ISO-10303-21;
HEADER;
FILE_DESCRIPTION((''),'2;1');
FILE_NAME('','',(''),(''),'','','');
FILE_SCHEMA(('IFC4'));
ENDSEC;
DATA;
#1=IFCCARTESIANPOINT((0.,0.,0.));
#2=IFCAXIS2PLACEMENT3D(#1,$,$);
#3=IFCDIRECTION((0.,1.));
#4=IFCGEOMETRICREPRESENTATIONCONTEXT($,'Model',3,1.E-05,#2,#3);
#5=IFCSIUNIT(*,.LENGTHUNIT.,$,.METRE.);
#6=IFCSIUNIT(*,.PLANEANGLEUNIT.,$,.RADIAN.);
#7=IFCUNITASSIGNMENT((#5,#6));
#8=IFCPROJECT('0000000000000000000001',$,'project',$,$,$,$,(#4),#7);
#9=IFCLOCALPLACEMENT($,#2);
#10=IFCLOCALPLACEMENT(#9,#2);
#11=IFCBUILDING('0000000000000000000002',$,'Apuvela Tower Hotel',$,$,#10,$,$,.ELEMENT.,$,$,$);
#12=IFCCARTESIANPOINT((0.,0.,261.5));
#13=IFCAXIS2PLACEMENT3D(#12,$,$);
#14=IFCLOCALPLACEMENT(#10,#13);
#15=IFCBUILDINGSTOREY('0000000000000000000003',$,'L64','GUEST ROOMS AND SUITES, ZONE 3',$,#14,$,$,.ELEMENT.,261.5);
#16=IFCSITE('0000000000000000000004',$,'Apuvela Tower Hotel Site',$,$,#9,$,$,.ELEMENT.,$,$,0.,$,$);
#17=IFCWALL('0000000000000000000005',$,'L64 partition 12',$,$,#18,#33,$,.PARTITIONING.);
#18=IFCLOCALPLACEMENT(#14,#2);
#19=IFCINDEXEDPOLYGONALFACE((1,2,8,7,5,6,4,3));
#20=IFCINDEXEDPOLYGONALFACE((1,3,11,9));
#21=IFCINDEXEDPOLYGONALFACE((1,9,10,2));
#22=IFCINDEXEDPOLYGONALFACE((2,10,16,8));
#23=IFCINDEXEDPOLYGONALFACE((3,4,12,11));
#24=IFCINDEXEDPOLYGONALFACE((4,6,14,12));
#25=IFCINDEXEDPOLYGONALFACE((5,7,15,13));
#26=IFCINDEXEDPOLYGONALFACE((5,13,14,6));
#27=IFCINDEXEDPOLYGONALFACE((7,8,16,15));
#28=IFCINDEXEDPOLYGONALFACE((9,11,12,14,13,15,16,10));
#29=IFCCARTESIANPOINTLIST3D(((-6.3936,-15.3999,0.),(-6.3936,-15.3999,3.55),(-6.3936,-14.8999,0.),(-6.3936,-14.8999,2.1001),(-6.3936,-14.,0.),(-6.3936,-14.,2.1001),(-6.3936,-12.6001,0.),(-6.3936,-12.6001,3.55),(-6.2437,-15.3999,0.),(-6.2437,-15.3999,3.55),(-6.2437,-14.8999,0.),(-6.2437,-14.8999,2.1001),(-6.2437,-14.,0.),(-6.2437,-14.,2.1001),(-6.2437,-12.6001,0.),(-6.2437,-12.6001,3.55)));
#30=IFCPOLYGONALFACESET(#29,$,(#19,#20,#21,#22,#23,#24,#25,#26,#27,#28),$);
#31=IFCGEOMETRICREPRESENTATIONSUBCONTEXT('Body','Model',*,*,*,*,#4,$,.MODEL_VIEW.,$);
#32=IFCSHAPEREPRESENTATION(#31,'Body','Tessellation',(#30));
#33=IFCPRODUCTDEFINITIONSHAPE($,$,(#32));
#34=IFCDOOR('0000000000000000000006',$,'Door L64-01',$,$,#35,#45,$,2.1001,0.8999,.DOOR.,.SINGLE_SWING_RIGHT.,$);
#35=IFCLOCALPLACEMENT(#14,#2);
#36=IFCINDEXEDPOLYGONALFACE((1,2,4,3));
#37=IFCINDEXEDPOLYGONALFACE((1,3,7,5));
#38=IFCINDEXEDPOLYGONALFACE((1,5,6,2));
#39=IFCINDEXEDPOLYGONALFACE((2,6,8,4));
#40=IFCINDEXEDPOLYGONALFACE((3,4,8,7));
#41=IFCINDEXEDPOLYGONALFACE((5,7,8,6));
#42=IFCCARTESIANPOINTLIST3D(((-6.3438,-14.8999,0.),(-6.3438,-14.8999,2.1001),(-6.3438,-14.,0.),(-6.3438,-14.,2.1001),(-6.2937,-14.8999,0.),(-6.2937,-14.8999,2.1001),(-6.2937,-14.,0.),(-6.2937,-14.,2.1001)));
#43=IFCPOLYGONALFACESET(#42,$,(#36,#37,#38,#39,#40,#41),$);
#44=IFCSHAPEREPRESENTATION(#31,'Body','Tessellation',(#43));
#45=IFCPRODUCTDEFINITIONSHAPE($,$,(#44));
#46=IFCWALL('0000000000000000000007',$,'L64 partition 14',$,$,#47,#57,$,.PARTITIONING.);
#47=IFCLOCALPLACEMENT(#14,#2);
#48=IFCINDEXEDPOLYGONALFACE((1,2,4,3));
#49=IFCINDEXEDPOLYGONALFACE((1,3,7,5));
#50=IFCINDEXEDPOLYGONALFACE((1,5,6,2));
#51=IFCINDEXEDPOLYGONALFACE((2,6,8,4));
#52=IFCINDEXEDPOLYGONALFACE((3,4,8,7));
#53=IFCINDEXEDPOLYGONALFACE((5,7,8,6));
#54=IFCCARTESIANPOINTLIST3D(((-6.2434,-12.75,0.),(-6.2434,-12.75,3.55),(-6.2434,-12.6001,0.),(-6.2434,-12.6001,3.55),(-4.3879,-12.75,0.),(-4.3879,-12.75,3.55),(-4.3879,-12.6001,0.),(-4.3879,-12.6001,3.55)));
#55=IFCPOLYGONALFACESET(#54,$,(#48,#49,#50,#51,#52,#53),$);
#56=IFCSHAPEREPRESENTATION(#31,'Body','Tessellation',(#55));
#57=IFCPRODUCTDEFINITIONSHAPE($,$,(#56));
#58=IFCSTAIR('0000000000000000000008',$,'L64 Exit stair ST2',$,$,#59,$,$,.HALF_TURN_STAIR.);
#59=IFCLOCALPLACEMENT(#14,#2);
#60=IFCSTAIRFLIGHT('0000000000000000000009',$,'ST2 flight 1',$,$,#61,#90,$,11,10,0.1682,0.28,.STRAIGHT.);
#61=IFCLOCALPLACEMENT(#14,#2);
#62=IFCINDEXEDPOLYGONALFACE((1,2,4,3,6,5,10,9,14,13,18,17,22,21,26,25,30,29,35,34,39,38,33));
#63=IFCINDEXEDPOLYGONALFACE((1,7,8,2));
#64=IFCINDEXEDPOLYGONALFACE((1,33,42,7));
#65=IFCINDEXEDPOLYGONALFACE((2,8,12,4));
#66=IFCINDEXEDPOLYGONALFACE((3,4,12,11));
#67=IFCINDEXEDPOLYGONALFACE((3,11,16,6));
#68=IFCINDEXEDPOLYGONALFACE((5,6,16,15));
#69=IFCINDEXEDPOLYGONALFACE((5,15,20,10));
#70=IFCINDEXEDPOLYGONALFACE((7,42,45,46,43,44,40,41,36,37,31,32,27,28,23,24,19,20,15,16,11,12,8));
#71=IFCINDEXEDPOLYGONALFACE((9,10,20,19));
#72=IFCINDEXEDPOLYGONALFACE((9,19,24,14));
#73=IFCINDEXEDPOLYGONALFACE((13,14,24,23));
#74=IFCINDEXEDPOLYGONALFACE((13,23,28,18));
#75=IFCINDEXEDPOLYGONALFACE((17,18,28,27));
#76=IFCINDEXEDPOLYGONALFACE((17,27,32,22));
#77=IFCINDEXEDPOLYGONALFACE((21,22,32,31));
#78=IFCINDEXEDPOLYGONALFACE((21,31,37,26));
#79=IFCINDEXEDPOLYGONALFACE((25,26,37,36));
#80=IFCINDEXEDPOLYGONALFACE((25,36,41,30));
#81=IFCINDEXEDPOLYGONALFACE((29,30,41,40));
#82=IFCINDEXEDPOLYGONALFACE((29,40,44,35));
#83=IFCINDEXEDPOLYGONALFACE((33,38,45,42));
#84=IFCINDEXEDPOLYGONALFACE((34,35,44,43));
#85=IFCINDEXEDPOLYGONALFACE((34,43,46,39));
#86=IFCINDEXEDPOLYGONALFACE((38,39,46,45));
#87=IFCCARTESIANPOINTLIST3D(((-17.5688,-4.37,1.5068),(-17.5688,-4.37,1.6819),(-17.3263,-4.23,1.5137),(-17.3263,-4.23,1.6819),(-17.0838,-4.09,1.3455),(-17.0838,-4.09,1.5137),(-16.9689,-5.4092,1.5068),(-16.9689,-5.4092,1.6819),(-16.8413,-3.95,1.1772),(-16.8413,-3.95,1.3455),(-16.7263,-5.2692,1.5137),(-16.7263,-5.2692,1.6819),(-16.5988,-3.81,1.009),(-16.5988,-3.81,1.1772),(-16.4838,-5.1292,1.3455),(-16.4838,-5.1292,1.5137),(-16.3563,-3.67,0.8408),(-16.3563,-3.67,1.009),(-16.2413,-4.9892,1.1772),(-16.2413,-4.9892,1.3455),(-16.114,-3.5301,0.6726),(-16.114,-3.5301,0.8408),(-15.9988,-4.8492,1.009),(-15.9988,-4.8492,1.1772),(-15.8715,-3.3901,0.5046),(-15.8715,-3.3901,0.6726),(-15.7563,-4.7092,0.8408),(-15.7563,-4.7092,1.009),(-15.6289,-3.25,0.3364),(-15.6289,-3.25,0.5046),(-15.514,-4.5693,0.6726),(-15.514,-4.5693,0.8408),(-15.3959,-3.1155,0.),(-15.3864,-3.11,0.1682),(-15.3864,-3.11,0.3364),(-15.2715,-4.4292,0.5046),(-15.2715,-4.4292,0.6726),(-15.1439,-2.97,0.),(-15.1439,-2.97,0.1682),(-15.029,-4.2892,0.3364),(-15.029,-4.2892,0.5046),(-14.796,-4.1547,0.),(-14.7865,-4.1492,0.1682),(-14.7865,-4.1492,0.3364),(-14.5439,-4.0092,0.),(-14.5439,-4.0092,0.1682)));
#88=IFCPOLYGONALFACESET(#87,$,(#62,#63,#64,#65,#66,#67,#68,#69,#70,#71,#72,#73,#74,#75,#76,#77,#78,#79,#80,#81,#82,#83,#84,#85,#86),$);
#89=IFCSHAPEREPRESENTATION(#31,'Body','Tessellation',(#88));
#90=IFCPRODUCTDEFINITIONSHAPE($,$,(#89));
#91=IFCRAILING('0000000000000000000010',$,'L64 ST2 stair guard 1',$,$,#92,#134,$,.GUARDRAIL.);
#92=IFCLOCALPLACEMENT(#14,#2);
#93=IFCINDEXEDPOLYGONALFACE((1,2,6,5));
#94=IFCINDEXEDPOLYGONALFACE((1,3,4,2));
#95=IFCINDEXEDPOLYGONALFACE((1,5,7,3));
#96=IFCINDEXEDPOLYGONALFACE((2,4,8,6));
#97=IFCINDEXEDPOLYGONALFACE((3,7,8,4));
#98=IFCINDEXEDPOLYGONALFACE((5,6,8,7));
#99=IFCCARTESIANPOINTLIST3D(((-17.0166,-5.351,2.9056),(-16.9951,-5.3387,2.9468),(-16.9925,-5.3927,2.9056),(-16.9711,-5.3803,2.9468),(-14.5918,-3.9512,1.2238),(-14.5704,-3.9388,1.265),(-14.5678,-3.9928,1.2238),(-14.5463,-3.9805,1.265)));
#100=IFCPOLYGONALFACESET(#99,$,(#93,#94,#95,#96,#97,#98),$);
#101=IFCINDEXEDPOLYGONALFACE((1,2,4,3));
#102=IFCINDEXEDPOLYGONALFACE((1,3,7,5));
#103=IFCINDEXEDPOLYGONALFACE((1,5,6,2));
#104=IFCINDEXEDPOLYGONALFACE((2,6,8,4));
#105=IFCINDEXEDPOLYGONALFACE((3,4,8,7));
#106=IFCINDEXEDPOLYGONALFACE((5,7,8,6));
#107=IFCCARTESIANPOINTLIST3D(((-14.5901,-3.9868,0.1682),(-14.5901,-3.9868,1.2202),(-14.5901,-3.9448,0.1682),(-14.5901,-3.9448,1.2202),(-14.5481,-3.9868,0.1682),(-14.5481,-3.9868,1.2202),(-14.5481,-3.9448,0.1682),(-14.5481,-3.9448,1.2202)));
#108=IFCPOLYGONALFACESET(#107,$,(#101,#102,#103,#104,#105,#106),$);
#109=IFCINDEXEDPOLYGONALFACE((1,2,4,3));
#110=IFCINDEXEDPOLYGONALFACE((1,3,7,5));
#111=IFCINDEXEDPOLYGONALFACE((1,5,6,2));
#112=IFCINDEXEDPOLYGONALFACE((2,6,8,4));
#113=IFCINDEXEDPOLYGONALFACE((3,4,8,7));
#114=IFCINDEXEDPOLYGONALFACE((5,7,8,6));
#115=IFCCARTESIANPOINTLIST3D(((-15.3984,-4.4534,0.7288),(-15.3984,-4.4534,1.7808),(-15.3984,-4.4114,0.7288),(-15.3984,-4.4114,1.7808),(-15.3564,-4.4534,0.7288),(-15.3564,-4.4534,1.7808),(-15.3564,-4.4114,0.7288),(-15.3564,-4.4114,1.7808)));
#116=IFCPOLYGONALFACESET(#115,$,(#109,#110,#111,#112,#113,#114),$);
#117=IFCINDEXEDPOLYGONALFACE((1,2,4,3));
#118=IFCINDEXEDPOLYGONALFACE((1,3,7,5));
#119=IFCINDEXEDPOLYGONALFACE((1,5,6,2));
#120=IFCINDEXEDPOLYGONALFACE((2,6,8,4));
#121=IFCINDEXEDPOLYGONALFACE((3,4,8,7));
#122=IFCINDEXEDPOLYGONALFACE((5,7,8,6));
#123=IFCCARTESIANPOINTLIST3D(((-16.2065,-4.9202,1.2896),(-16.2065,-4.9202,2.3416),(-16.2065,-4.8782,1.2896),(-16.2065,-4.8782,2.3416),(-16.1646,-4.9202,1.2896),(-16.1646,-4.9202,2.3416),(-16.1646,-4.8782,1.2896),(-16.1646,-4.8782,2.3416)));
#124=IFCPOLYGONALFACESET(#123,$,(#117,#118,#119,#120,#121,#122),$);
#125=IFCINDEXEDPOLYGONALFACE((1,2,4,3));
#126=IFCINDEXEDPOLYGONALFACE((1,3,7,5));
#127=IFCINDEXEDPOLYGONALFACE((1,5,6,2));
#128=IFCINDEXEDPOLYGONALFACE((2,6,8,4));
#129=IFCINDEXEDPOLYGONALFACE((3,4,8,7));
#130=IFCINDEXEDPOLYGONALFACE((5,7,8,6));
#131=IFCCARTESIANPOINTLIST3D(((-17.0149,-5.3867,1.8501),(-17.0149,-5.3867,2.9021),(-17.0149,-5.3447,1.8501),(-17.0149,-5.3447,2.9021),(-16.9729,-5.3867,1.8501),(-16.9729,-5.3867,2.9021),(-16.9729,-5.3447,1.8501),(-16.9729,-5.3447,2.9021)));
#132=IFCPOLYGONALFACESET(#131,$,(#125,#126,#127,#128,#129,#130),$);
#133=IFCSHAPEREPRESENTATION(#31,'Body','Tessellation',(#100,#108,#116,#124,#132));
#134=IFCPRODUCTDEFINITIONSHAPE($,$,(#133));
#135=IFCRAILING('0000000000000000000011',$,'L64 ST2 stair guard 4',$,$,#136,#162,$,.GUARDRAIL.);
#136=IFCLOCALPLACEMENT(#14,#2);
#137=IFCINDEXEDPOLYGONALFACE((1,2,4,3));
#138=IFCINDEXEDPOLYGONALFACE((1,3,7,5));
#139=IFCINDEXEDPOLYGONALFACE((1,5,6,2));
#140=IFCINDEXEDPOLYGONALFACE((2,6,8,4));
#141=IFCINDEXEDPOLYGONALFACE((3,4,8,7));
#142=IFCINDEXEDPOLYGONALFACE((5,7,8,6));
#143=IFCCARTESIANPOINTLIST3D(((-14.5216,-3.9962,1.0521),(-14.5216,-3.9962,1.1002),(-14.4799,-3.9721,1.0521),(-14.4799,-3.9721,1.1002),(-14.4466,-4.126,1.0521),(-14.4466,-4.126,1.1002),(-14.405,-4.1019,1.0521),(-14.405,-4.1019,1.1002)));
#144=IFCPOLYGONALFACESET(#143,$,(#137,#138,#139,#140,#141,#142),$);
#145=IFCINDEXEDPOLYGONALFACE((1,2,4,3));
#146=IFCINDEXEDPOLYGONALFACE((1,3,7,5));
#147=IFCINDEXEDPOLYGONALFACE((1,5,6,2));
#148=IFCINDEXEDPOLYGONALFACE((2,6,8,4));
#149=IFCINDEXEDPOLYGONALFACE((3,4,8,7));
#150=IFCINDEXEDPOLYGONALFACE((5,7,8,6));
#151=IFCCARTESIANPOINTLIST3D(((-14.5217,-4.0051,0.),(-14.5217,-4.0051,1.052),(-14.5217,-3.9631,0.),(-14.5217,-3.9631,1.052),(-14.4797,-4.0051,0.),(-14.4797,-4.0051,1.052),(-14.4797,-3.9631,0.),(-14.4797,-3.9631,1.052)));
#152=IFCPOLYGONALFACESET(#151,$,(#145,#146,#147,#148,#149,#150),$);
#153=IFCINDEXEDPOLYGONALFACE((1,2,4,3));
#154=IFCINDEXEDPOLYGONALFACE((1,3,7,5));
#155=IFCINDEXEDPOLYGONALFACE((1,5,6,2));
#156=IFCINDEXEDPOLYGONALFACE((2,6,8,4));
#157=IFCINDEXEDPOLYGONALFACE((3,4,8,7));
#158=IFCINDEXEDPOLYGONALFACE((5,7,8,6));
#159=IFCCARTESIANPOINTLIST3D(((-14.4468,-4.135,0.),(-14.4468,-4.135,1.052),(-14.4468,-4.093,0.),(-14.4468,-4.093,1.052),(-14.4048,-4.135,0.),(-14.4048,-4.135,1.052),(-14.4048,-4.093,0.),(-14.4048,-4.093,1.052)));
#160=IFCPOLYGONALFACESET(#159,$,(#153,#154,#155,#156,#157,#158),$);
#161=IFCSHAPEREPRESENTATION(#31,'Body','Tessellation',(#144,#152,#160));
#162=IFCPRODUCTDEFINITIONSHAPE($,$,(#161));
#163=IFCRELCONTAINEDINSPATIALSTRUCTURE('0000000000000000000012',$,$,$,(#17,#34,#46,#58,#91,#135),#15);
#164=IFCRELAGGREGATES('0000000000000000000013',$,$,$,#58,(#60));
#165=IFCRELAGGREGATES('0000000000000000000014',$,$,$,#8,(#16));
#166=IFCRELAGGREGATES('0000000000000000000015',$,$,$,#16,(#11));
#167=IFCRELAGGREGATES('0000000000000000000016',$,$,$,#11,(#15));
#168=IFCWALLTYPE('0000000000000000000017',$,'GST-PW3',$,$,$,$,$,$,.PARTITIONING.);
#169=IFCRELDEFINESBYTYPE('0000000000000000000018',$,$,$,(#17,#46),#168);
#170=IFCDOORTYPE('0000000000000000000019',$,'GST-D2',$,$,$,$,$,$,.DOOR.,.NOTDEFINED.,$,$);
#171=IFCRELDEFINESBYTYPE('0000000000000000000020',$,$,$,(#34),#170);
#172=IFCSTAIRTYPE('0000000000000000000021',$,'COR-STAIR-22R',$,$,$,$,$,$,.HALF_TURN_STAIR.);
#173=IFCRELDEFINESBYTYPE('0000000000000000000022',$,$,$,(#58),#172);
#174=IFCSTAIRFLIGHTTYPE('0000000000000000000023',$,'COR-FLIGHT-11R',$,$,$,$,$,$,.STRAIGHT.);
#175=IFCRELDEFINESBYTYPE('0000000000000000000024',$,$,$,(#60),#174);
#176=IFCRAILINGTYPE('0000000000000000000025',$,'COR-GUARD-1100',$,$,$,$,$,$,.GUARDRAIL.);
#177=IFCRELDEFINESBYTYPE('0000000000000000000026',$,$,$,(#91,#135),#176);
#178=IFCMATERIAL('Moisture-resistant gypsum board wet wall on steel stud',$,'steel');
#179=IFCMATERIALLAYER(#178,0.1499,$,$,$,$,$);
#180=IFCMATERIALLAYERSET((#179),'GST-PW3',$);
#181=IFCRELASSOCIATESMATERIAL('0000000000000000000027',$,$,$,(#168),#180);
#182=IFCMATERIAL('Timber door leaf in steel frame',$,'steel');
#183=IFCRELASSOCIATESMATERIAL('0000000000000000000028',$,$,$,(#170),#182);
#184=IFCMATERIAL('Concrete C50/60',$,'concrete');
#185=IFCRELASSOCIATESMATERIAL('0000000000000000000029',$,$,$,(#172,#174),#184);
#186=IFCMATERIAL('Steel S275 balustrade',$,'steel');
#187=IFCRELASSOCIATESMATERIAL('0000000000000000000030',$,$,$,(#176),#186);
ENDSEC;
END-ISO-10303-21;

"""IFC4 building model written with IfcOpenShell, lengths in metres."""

from ifc_helpers import new_model, si_unit, direction, frame, frame_2d, origin, origin_2d, place, context, subcontext, project, spatial, polyline, rectangle, outline, extrude, material, layer, layer_set, type_object, element, fill, aggregate, save


model = new_model("IFC4")

# Units and contexts
model_context = context("Model", 3, precision=1e-05, world=origin(), true_north=direction((0.0, 1.0)))
body_context = subcontext(model_context, "Body", "Model", "MODEL_VIEW")
ifc_project = project(units=[si_unit("LENGTHUNIT", "METRE"), si_unit("PLANEANGLEUNIT", "RADIAN")], contexts=[model_context])

# Site, building, storey
site_placement = place(None, origin())
site = spatial("IfcSite", under=ifc_project, at=site_placement, Name="Apuvela Tower Hotel Site", CompositionType="ELEMENT", RefElevation=0.0)
building_placement = place(site_placement, origin())
building = spatial("IfcBuilding", under=site, at=building_placement, Name="Apuvela Tower Hotel", CompositionType="ELEMENT")
storey_placement = place(building_placement, frame((0.0, 0.0, 261.5)))
storey = spatial("IfcBuildingStorey", under=building, at=storey_placement, Name="L64", Description="GUEST ROOMS AND SUITES, ZONE 3", CompositionType="ELEMENT", Elevation=261.5)

# Shared definitions
ifc_material_1 = material(Name="Concrete C50/60", Category="concrete")

# Wall, opening, door
ifc_material_2 = material(Name="Timber door leaf in steel frame", Category="steel")
ifc_material_3 = material(Name="Moisture-resistant gypsum board wet wall on steel stud", Category="steel")
ifc_layer_1 = layer(ifc_material_3, 0.1499)
ifc_layer_set_1 = layer_set([ifc_layer_1], Name="GST-PW3")
wall_type_1 = type_object("IfcWallType", Name="GST-PW3", PredefinedType="PARTITIONING", material=ifc_layer_set_1)
wall_1_placement = place(storey_placement, frame((-6.3186, -12.6001, 0.0), z_axis=(0.0, 0.0, 1.0), x_axis=(0.0, -1.0, 0.0)))
wall_1 = element("IfcWall", 1, at=wall_1_placement, inside=storey, type_object=wall_type_1, Name="L64 partition 12", PredefinedType="PARTITIONING", context=body_context, shape_type="SweptSolid", body=[
    extrude(rectangle(XDim=2.7998, YDim=0.1499, at=frame_2d((1.3999, 0.0))), origin(), (0.0, 0.0, 1.0), 3.55),
])
opening_1_placement = place(wall_1_placement, frame((1.3999, 0.0, 0.0)))
opening_1 = element("IfcOpeningElement", 2, at=opening_1_placement, cuts=wall_1, PredefinedType="OPENING", context=body_context, shape_type="SweptSolid", body=[
    extrude(rectangle(XDim=0.8999, YDim=2.1001, at=frame_2d((0.45, 1.05))), frame((0.0, 0.085, 0.0), z_axis=(0.0, -1.0, 0.0), x_axis=(1.0, 0.0, 0.0)), (0.0, 0.0, 1.0), 0.1699),
])
door_type_1 = type_object("IfcDoorType", Name="GST-D2", OperationType="NOTDEFINED", PredefinedType="DOOR", material=ifc_material_2)
door_1_placement = place(opening_1_placement, origin())
door_1 = element("IfcDoor", 3, at=door_1_placement, inside=storey, type_object=door_type_1, Name="Door L64-01", OperationType="SINGLE_SWING_RIGHT", OverallHeight=2.1001, OverallWidth=0.8999, PredefinedType="DOOR", context=body_context, shape_type="SweptSolid", body=[
    extrude(rectangle(XDim=0.8999, YDim=2.1001, at=frame_2d((0.45, 1.05))), frame((0.0, 0.0249, 0.0), z_axis=(0.0, -1.0, 0.0), x_axis=(1.0, 0.0, 0.0)), (0.0, 0.0, 1.0), 0.05),
])
fill(opening_1, door_1)

# Wall
wall_2_placement = place(storey_placement, frame((-6.2434, -12.675, 0.0), z_axis=(0.0, 0.0, 1.0), x_axis=(1.0, 0.0, 0.0)))
element("IfcWall", 4, at=wall_2_placement, inside=storey, type_object=wall_type_1, Name="L64 partition 14", PredefinedType="PARTITIONING", context=body_context, shape_type="SweptSolid", body=[
    extrude(rectangle(XDim=1.8555, YDim=0.1499, at=frame_2d((0.9277, 0.0))), origin(), (0.0, 0.0, 1.0), 3.55),
])

# Stair, stair flight
stair_type = type_object("IfcStairType", Name="COR-STAIR-22R", PredefinedType="HALF_TURN_STAIR", material=ifc_material_1)
stair_placement = place(storey_placement, origin())
stair = element("IfcStair", 5, at=stair_placement, inside=storey, type_object=stair_type, Name="L64 Exit stair ST2", PredefinedType="HALF_TURN_STAIR")
stair_flight_type = type_object("IfcStairFlightType", Name="COR-FLIGHT-11R", PredefinedType="STRAIGHT", material=ifc_material_1)
stair_flight_placement = place(storey_placement, frame((-14.844, -3.4895, 0.0), z_axis=(0.0, 0.0, 1.0), x_axis=(-0.866025, -0.5, 0.0)))
stair_flight = element("IfcStairFlight", 6, at=stair_flight_placement, type_object=stair_flight_type, Name="ST2 flight 1", NumberOfRisers=11, NumberOfTreads=10, PredefinedType="STRAIGHT", RiserHeight=0.1682, TreadLength=0.28, context=body_context, shape_type="SweptSolid", body=[
    extrude(outline(polyline([(0.0, 0.0), (0.0, 0.1682), (0.28, 0.1682), (0.28, 0.3364), (0.5601, 0.3364), (0.5601, 0.5046), (0.8401, 0.5046), (0.8401, 0.6726), (1.1201, 0.6726), (1.1201, 0.8408), (1.3999, 0.8408), (1.3999, 1.009), (1.6799, 1.009), (1.6799, 1.1772), (1.96, 1.1772), (1.96, 1.3455), (2.24, 1.3455), (2.24, 1.5137), (2.52, 1.5137), (2.52, 1.6819), (2.8, 1.6819), (2.8, 1.8501), (2.8, 1.5068), (0.291, 0.0), (0.0, 0.0)])), frame((0.0, 0.6001, 0.0), z_axis=(0.0, -1.0, 0.0), x_axis=(1.0, 0.0, 0.0)), (0.0, 0.0, 1.0), 1.2),
])
aggregate(stair, [stair_flight])

# Railings
ifc_material_4 = material(Name="Steel S275 balustrade", Category="steel")
railing_type = type_object("IfcRailingType", Name="COR-GUARD-1100", PredefinedType="GUARDRAIL", material=ifc_material_4)
railing_1_placement = place(storey_placement, frame((-14.5691, -3.9658, 0.1682)))
element("IfcRailing", 7, at=railing_1_placement, inside=storey, type_object=railing_type, Name="L64 ST2 stair guard 1", PredefinedType="GUARDRAIL", context=body_context, shape_type="SweptSolid", body=[
    extrude(rectangle(XDim=0.0481, YDim=0.0481, at=origin_2d()), frame((0.0, 0.0, 1.0762), z_axis=(-0.74239, -0.428601, 0.514934), x_axis=(0.499984, -0.866035, 0.0)), (0.0, 0.0, 1.0), 3.2661),
    extrude(rectangle(XDim=0.042, YDim=0.042, at=origin_2d()), origin(), (0.0, 0.0, 1.0), 1.052),
    extrude(rectangle(XDim=0.042, YDim=0.042, at=origin_2d()), frame((-0.8083, -0.4666, 0.5605)), (0.0, 0.0, 1.0), 1.052),
    extrude(rectangle(XDim=0.042, YDim=0.042, at=origin_2d()), frame((-1.6165, -0.9333, 1.1213)), (0.0, 0.0, 1.0), 1.052),
    extrude(rectangle(XDim=0.042, YDim=0.042, at=origin_2d()), frame((-2.4248, -1.3999, 1.6819)), (0.0, 0.0, 1.0), 1.052),
])
railing_2_placement = place(storey_placement, frame((-14.5007, -3.9841, 0.0)))
element("IfcRailing", 8, at=railing_2_placement, inside=storey, type_object=railing_type, Name="L64 ST2 stair guard 4", PredefinedType="GUARDRAIL", context=body_context, shape_type="SweptSolid", body=[
    extrude(rectangle(XDim=0.0481, YDim=0.0481, at=origin_2d()), frame((0.0, 0.0, 1.0762), z_axis=(0.499816, -0.866131, 0.0), x_axis=(0.866131, 0.499816, 0.0)), (0.0, 0.0, 1.0), 0.1499),
    extrude(rectangle(XDim=0.042, YDim=0.042, at=origin_2d()), origin(), (0.0, 0.0, 1.0), 1.052),
    extrude(rectangle(XDim=0.042, YDim=0.042, at=origin_2d()), frame((0.075, -0.1299, 0.0)), (0.0, 0.0, 1.0), 1.052),
])

save(model, "model.ifc")
